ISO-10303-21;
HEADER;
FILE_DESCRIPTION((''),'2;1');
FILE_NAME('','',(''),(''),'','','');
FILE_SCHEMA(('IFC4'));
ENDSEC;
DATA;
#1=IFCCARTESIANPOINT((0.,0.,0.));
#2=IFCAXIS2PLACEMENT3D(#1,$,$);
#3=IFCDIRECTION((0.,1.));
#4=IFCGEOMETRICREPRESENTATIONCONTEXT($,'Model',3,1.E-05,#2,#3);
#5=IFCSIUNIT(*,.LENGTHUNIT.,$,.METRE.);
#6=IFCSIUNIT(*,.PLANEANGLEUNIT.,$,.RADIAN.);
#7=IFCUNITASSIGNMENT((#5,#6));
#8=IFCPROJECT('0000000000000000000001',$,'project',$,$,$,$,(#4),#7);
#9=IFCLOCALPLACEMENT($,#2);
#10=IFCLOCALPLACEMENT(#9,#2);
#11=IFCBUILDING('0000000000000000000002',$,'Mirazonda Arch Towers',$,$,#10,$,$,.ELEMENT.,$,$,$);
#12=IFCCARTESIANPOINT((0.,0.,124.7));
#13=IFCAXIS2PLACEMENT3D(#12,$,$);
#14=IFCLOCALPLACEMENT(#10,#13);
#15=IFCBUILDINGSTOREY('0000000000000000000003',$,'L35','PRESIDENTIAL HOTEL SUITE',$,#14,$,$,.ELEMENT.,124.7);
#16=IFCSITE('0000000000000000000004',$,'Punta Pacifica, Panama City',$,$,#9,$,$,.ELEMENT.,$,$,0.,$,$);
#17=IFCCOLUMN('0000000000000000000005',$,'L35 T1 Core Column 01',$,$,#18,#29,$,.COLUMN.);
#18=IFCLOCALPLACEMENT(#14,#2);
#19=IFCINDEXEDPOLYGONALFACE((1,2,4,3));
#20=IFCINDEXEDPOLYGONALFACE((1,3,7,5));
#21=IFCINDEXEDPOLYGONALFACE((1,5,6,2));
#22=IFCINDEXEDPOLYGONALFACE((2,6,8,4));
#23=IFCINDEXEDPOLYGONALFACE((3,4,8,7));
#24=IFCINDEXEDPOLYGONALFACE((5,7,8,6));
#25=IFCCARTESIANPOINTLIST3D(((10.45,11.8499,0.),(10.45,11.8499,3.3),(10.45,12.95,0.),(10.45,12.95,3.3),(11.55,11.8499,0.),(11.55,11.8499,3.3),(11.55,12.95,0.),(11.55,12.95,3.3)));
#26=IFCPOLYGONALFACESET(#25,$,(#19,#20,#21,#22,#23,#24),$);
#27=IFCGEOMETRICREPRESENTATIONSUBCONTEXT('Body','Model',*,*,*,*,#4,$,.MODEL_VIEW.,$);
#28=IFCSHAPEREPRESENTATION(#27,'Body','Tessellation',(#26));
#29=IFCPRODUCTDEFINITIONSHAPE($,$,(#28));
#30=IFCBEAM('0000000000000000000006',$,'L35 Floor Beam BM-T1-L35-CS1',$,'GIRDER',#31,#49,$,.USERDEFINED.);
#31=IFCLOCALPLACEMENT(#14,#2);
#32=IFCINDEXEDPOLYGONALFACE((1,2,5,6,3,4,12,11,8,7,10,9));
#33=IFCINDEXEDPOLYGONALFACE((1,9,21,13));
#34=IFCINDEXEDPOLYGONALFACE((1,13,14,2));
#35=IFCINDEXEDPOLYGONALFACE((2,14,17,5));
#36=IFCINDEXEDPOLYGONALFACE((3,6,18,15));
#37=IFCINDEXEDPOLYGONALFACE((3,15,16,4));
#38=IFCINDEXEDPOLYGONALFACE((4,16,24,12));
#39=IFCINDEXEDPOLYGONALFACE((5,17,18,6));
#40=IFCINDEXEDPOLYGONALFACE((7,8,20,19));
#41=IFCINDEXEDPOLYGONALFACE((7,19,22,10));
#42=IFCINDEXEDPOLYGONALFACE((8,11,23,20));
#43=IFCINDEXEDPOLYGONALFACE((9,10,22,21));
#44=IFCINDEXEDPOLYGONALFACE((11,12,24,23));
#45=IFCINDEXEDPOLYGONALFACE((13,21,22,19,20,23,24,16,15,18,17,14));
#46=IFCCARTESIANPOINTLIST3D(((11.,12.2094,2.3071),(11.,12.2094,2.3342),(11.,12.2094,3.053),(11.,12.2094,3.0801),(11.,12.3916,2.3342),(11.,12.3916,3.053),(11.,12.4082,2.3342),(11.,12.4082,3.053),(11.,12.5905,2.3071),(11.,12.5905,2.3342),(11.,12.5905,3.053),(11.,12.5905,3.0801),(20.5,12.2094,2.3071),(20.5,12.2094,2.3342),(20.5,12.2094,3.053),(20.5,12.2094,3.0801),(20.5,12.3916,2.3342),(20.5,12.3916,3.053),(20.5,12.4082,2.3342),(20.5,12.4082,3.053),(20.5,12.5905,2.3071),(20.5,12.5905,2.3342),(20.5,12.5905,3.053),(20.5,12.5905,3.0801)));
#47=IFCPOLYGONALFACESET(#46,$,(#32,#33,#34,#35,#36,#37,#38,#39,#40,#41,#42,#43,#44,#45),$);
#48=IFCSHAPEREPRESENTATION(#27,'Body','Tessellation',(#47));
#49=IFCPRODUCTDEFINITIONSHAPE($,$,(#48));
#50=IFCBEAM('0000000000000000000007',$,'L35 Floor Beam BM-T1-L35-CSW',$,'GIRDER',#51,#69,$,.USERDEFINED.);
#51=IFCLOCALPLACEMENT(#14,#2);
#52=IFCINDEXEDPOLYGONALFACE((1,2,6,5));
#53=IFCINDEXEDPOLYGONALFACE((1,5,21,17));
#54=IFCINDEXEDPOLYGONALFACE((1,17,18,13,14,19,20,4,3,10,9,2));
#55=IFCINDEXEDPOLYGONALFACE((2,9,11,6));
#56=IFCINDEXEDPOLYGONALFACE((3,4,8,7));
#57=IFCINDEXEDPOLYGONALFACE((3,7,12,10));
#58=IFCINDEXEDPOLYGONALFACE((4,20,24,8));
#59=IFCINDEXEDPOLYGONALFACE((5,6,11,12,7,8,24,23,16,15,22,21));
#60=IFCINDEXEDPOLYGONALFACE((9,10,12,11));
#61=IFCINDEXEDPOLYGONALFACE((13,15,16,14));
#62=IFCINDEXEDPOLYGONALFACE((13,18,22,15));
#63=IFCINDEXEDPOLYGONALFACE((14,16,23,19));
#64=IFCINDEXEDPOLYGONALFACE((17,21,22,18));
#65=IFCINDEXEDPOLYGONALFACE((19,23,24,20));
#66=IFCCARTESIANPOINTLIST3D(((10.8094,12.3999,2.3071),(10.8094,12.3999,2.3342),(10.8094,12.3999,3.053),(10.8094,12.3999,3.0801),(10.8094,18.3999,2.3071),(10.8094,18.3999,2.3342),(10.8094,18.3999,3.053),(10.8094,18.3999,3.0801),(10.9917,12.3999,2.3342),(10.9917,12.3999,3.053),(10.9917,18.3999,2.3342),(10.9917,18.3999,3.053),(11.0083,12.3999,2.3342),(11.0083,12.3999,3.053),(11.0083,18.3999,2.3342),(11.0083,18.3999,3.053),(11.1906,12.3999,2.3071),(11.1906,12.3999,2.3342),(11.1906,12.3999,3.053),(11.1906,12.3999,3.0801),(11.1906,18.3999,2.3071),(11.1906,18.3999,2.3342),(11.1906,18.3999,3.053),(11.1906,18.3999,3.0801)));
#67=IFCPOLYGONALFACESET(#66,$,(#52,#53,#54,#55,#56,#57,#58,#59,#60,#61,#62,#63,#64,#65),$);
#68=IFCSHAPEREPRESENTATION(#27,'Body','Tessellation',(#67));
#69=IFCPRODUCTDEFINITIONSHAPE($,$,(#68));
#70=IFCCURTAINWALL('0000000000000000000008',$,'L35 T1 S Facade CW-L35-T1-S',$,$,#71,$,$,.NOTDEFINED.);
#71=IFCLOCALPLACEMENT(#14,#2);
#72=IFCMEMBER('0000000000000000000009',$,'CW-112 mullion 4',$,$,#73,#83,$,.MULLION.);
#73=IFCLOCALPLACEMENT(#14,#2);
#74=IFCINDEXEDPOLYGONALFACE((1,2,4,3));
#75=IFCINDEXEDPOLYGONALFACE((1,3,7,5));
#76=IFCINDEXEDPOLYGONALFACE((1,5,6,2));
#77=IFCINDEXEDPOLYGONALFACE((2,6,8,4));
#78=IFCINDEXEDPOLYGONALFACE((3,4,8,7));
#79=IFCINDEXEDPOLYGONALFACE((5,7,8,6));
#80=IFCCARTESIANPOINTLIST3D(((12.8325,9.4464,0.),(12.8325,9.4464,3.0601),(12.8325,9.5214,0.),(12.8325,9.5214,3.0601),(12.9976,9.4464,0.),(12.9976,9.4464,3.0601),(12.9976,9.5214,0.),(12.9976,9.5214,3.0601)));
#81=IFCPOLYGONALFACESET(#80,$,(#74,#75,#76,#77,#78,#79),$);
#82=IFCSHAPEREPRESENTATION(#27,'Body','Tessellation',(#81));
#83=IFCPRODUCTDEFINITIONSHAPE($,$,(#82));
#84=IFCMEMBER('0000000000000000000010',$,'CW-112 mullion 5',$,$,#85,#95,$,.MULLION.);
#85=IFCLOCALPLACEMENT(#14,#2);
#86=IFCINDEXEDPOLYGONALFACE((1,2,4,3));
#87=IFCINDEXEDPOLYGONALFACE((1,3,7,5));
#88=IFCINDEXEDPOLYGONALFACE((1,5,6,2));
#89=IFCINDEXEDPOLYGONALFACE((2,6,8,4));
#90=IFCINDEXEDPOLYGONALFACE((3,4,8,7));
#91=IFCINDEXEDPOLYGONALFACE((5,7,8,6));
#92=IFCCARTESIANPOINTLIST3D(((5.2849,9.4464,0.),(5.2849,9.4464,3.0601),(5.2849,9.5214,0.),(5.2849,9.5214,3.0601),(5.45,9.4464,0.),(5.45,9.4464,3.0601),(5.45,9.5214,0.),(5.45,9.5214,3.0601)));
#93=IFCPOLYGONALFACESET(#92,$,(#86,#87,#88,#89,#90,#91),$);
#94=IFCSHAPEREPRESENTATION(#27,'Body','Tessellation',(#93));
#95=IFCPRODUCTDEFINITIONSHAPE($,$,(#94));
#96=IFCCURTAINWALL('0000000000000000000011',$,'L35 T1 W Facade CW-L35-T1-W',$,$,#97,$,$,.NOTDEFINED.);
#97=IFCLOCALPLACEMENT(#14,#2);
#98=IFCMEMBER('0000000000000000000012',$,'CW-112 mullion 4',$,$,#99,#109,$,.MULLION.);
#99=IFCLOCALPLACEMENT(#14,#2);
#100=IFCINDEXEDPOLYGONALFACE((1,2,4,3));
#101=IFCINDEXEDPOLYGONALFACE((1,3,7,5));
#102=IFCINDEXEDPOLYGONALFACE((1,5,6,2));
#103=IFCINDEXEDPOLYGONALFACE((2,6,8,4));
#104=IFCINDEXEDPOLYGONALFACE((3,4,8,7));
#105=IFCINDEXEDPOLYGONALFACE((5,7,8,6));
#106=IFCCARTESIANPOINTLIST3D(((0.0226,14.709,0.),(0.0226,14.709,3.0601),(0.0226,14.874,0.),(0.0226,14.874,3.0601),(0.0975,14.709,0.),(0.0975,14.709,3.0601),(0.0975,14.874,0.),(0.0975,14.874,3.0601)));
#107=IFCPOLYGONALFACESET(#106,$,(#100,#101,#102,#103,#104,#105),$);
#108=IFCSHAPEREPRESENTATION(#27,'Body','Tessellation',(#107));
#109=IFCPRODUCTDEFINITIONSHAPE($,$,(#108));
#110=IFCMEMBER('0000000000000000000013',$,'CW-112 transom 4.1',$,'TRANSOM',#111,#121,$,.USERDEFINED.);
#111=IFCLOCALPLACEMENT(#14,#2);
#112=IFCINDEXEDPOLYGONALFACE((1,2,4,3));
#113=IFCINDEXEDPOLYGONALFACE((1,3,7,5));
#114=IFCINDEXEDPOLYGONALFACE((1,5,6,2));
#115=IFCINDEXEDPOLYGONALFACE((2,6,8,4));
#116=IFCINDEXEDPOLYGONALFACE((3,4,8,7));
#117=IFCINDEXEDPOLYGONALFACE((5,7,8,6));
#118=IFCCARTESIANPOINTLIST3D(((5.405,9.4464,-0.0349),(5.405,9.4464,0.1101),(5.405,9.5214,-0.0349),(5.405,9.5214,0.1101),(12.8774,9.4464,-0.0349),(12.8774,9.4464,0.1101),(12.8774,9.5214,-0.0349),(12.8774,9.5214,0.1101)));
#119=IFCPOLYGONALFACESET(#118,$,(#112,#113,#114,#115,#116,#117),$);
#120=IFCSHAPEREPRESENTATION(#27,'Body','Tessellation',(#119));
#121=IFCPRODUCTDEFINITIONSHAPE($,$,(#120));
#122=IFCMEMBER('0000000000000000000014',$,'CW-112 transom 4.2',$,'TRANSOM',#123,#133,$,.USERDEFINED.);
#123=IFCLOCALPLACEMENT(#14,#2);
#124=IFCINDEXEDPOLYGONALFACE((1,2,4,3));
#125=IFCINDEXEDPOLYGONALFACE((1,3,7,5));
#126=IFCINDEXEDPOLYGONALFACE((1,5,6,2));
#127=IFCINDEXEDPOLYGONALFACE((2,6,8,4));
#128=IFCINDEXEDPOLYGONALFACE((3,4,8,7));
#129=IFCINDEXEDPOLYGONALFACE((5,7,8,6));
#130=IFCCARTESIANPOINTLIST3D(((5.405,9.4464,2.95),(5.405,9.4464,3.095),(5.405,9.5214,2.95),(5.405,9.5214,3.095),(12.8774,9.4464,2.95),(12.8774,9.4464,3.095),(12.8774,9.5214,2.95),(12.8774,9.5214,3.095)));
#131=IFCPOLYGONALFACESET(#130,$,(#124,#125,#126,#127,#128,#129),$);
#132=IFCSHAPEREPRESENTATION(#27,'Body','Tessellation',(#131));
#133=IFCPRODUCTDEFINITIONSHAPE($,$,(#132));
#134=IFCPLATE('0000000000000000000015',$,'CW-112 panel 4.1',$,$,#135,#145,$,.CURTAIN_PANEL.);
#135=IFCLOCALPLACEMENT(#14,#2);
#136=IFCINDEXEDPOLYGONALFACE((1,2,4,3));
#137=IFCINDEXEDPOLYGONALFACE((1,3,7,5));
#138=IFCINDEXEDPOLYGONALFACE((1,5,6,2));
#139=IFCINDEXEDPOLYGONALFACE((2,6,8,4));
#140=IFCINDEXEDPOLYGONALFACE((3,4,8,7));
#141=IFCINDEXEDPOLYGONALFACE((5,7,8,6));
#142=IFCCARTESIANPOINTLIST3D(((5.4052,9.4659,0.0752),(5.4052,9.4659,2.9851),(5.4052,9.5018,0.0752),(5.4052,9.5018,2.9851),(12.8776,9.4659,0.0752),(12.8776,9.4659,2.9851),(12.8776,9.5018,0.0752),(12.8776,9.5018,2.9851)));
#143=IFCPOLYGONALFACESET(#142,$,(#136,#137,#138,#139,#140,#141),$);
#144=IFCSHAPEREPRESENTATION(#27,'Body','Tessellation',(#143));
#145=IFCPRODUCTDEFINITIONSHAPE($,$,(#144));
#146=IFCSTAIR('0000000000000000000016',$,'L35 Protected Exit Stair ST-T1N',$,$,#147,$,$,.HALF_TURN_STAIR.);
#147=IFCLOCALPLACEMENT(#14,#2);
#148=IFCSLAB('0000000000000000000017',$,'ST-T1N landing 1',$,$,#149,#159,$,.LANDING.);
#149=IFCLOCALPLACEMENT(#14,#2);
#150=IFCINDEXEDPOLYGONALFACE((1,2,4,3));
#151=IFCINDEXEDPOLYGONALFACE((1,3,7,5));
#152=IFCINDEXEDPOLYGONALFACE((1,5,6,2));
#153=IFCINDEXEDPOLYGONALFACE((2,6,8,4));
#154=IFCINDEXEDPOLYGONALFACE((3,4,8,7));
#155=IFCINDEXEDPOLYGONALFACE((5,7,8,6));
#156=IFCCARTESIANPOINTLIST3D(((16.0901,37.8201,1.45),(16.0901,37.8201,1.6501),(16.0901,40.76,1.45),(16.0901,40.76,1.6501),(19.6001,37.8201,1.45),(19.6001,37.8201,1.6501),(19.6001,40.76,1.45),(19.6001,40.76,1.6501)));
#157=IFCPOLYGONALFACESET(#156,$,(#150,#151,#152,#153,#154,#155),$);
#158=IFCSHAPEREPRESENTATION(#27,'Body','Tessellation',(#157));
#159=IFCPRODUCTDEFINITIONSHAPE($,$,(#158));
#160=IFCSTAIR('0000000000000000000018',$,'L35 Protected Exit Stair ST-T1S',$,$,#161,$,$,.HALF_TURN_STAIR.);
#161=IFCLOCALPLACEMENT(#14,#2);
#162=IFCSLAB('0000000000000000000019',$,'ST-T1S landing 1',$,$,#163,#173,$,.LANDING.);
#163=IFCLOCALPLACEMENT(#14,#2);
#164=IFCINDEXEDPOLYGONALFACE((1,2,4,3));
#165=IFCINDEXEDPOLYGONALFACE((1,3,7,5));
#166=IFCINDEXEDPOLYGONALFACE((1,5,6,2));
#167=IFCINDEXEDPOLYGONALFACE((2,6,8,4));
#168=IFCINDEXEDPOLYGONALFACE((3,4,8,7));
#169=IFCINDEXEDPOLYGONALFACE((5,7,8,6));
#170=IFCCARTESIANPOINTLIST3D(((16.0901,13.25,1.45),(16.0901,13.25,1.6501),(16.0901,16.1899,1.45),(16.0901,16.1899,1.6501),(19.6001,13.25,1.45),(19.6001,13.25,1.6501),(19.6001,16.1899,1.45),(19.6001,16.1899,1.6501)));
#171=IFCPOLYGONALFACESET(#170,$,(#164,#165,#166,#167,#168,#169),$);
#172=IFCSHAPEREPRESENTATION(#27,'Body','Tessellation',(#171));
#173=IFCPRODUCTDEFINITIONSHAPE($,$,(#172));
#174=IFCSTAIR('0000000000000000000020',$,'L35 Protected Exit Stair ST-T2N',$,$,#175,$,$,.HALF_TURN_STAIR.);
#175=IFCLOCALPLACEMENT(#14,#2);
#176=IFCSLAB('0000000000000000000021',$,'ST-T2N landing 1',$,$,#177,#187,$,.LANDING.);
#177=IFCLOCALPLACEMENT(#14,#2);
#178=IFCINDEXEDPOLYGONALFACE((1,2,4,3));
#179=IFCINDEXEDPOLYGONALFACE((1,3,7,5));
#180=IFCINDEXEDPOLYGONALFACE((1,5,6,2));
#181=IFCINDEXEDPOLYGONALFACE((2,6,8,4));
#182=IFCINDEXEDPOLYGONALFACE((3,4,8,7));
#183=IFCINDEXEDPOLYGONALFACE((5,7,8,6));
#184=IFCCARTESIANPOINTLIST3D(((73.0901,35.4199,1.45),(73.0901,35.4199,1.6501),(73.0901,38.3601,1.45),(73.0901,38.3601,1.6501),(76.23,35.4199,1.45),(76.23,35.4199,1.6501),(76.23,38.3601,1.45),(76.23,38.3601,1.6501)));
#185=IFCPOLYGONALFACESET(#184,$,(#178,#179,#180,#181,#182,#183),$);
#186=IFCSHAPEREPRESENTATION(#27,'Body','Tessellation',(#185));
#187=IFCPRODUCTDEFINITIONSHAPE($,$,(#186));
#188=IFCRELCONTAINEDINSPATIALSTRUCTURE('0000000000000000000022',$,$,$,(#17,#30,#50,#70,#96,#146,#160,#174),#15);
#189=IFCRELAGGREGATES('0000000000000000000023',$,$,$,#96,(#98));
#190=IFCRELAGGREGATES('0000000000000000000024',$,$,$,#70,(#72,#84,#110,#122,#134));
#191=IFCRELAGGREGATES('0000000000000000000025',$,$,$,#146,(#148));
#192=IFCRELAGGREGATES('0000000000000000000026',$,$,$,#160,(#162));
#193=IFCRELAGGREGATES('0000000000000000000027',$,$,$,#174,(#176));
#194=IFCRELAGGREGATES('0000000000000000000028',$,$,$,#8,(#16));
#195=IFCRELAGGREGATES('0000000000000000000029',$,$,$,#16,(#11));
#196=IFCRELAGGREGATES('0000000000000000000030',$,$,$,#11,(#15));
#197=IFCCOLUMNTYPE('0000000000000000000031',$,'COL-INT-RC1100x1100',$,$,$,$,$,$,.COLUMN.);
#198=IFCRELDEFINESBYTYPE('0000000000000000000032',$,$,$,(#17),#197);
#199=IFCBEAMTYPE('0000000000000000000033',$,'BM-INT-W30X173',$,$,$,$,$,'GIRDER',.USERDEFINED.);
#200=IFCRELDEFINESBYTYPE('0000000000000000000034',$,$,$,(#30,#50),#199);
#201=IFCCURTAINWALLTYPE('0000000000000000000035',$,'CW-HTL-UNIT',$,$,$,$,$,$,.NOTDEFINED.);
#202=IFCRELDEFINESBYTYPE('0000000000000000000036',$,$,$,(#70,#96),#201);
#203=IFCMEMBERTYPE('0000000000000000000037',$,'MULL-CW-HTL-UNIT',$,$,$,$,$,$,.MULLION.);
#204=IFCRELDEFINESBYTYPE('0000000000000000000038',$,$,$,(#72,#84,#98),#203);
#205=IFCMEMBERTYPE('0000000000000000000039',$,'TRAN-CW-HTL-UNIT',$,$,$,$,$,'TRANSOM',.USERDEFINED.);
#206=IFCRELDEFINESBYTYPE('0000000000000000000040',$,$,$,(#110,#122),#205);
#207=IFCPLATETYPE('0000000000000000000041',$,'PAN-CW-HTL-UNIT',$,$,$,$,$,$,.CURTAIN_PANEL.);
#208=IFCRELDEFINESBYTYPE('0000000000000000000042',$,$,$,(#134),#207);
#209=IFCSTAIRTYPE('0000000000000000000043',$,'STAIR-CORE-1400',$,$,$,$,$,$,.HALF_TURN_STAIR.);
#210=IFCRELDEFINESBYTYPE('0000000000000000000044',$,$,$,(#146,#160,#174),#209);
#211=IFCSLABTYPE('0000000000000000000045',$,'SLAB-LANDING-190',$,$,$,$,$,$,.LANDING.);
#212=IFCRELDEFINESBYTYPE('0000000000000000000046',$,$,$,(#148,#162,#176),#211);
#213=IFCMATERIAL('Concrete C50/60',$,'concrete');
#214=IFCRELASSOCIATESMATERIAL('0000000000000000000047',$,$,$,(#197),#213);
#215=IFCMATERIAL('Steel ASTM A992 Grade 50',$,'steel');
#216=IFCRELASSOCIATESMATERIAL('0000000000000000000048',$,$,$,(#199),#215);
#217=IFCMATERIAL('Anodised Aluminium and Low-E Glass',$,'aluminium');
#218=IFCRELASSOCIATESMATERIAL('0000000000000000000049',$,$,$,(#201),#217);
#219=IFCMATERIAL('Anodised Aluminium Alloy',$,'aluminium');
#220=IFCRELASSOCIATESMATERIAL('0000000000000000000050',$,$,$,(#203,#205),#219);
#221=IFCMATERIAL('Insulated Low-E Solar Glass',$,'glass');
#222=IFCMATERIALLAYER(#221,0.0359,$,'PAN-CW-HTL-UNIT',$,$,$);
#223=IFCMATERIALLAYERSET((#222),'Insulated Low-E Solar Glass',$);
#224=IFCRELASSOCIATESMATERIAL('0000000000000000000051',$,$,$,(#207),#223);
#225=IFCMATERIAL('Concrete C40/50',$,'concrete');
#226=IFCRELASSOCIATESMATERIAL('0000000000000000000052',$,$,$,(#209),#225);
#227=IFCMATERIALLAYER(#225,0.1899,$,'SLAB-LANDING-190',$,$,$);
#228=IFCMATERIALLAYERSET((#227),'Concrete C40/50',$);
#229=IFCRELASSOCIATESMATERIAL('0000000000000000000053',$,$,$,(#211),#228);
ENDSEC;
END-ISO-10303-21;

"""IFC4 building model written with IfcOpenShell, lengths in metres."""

from ifc_helpers import new_model, si_unit, direction, frame, origin, origin_2d, place, context, subcontext, project, spatial, polyline, rectangle, i_section, outline, extrude, material, layer, layer_set, material_profile, profile_set, type_object, element, aggregate, save


model = new_model("IFC4")

# Units and contexts
model_context = context("Model", 3, precision=1e-05, world=origin(), true_north=direction((0.0, 1.0)))
body_context = subcontext(model_context, "Body", "Model", "MODEL_VIEW")
ifc_project = project(units=[si_unit("LENGTHUNIT", "METRE"), si_unit("PLANEANGLEUNIT", "RADIAN")], contexts=[model_context])

# Site, building, storey
site_placement = place(None, origin())
site = spatial("IfcSite", under=ifc_project, at=site_placement, Name="Punta Pacifica, Panama City", CompositionType="ELEMENT", RefElevation=0.0)
building_placement = place(site_placement, origin())
building = spatial("IfcBuilding", under=site, at=building_placement, Name="Mirazonda Arch Towers", CompositionType="ELEMENT")
storey_placement = place(building_placement, frame((0.0, 0.0, 124.7)))
storey = spatial("IfcBuildingStorey", under=building, at=storey_placement, Name="L35", Description="PRESIDENTIAL HOTEL SUITE", CompositionType="ELEMENT", Elevation=124.7)

# Column
ifc_material_1 = material(Name="Concrete C50/60", Category="concrete")
ifc_material_profile_1 = material_profile(ifc_material_1, rectangle(XDim=1.1001, YDim=1.1001, at=origin_2d()), Name="RC1100x1100")
ifc_profile_set_1 = profile_set([ifc_material_profile_1], Name="Concrete C50/60")
column_type = type_object("IfcColumnType", Name="COL-INT-RC1100x1100", PredefinedType="COLUMN", material=ifc_profile_set_1)
column_placement = place(storey_placement, frame((11.0, 12.3999, 0.0), z_axis=(0.0, 0.0, 1.0), x_axis=(1.0, 0.0, 0.0)))
element("IfcColumn", 1, at=column_placement, inside=storey, type_object=column_type, Name="L35 T1 Core Column 01", PredefinedType="COLUMN", context=body_context, shape_type="SweptSolid", body=[
    extrude(rectangle(XDim=1.1001, YDim=1.1001, at=origin_2d()), origin(), (0.0, 0.0, 1.0), 3.3),
])

# Beams
ifc_material_2 = material(Name="Steel ASTM A992 Grade 50", Category="steel")
ifc_material_profile_2 = material_profile(ifc_material_2, i_section(OverallWidth=0.3811, OverallDepth=0.7729, WebThickness=0.0166, FlangeThickness=0.0271, at=origin_2d()), Name="W30X173")
ifc_profile_set_2 = profile_set([ifc_material_profile_2], Name="Steel ASTM A992 Grade 50")
beam_type = type_object("IfcBeamType", Name="BM-INT-W30X173", ElementType="GIRDER", PredefinedType="USERDEFINED", material=ifc_profile_set_2)
beam_1_placement = place(storey_placement, frame((11.0, 12.3999, 2.6936), z_axis=(1.0, 0.0, 0.0), x_axis=(0.0, 1.0, 0.0)))
element("IfcBeam", 2, at=beam_1_placement, inside=storey, type_object=beam_type, Name="L35 Floor Beam BM-T1-L35-CS1", ObjectType="GIRDER", PredefinedType="USERDEFINED", context=body_context, shape_type="SweptSolid", body=[
    extrude(i_section(OverallWidth=0.3811, OverallDepth=0.7729, WebThickness=0.0166, FlangeThickness=0.0271, at=origin_2d()), origin(), (0.0, 0.0, 1.0), 9.5),
])
beam_2_placement = place(storey_placement, frame((11.0, 12.3999, 2.6936), z_axis=(0.0, 1.0, 0.0), x_axis=(-1.0, 0.0, 0.0)))
element("IfcBeam", 3, at=beam_2_placement, inside=storey, type_object=beam_type, Name="L35 Floor Beam BM-T1-L35-CSW", ObjectType="GIRDER", PredefinedType="USERDEFINED", context=body_context, shape_type="SweptSolid", body=[
    extrude(i_section(OverallWidth=0.3811, OverallDepth=0.7729, WebThickness=0.0166, FlangeThickness=0.0271, at=origin_2d()), origin(), (0.0, 0.0, 1.0), 6.0),
])

# Curtain wall, members
ifc_material_3 = material(Name="Anodised Aluminium and Low-E Glass", Category="aluminium")
curtain_wall_type = type_object("IfcCurtainWallType", Name="CW-HTL-UNIT", PredefinedType="NOTDEFINED", material=ifc_material_3)
curtain_wall_1_placement = place(storey_placement, origin())
curtain_wall_1 = element("IfcCurtainWall", 4, at=curtain_wall_1_placement, inside=storey, type_object=curtain_wall_type, Name="L35 T1 S Facade CW-L35-T1-S", PredefinedType="NOTDEFINED")
ifc_material_4 = material(Name="Anodised Aluminium Alloy", Category="aluminium")
ifc_material_profile_3 = material_profile(ifc_material_4, rectangle(XDim=0.075, YDim=0.165, at=origin_2d()), Name="ALU-MULL-75x165")
ifc_profile_set_3 = profile_set([ifc_material_profile_3], Name="Anodised Aluminium Alloy")
member_type_1 = type_object("IfcMemberType", Name="MULL-CW-HTL-UNIT", PredefinedType="MULLION", material=ifc_profile_set_3)
member_1_placement = place(storey_placement, frame((12.915, 9.4839, 0.0), z_axis=(0.0, 0.0, 1.0), x_axis=(0.0, -1.0, 0.0)))
member_1 = element("IfcMember", 5, at=member_1_placement, type_object=member_type_1, Name="CW-112 mullion 4", PredefinedType="MULLION", context=body_context, shape_type="SweptSolid", body=[
    extrude(rectangle(XDim=0.075, YDim=0.165, at=origin_2d()), origin(), (0.0, 0.0, 1.0), 3.0601),
])
member_2_placement = place(storey_placement, frame((5.3674, 9.4839, 0.0), z_axis=(0.0, 0.0, 1.0), x_axis=(0.0, -1.0, 0.0)))
member_2 = element("IfcMember", 6, at=member_2_placement, type_object=member_type_1, Name="CW-112 mullion 5", PredefinedType="MULLION", context=body_context, shape_type="SweptSolid", body=[
    extrude(rectangle(XDim=0.075, YDim=0.165, at=origin_2d()), origin(), (0.0, 0.0, 1.0), 3.0601),
])

# Curtain wall, member
curtain_wall_2_placement = place(storey_placement, origin())
curtain_wall_2 = element("IfcCurtainWall", 7, at=curtain_wall_2_placement, inside=storey, type_object=curtain_wall_type, Name="L35 T1 W Facade CW-L35-T1-W", PredefinedType="NOTDEFINED")
member_3_placement = place(storey_placement, frame((0.0601, 14.7915, 0.0), z_axis=(0.0, 0.0, 1.0), x_axis=(1.0, 0.0, 0.0)))
member_3 = element("IfcMember", 8, at=member_3_placement, type_object=member_type_1, Name="CW-112 mullion 4", PredefinedType="MULLION", context=body_context, shape_type="SweptSolid", body=[
    extrude(rectangle(XDim=0.075, YDim=0.165, at=origin_2d()), origin(), (0.0, 0.0, 1.0), 3.0601),
])
aggregate(curtain_wall_2, [member_3])

# Members
ifc_material_profile_4 = material_profile(ifc_material_4, rectangle(XDim=0.075, YDim=0.145, at=origin_2d()), Name="ALU-TRAN-75x145")
ifc_profile_set_4 = profile_set([ifc_material_profile_4], Name="Anodised Aluminium Alloy")
member_type_2 = type_object("IfcMemberType", Name="TRAN-CW-HTL-UNIT", ElementType="TRANSOM", PredefinedType="USERDEFINED", material=ifc_profile_set_4)
member_4_placement = place(storey_placement, frame((12.8774, 9.4839, 0.0376), z_axis=(-1.0, 0.0, 0.0), x_axis=(0.0, -1.0, 0.0)))
member_4 = element("IfcMember", 9, at=member_4_placement, type_object=member_type_2, Name="CW-112 transom 4.1", ObjectType="TRANSOM", PredefinedType="USERDEFINED", context=body_context, shape_type="SweptSolid", body=[
    extrude(rectangle(XDim=0.075, YDim=0.145, at=origin_2d()), origin(), (0.0, 0.0, 1.0), 7.4724),
])
member_5_placement = place(storey_placement, frame((12.8774, 9.4839, 3.0225), z_axis=(-1.0, 0.0, 0.0), x_axis=(0.0, -1.0, 0.0)))
member_5 = element("IfcMember", 10, at=member_5_placement, type_object=member_type_2, Name="CW-112 transom 4.2", ObjectType="TRANSOM", PredefinedType="USERDEFINED", context=body_context, shape_type="SweptSolid", body=[
    extrude(rectangle(XDim=0.075, YDim=0.145, at=origin_2d()), origin(), (0.0, 0.0, 1.0), 7.4724),
])

# Plate
ifc_material_5 = material(Name="Insulated Low-E Solar Glass", Category="glass")
ifc_layer_1 = layer(ifc_material_5, 0.0359, Name="PAN-CW-HTL-UNIT")
ifc_layer_set_1 = layer_set([ifc_layer_1], Name="Insulated Low-E Solar Glass")
plate_type = type_object("IfcPlateType", Name="PAN-CW-HTL-UNIT", PredefinedType="CURTAIN_PANEL", material=ifc_layer_set_1)
plate_placement = place(storey_placement, frame((9.1414, 9.4839, 0.0752), z_axis=(0.0, 0.0, 1.0), x_axis=(-1.0, 0.0, 0.0)))
plate = element("IfcPlate", 11, at=plate_placement, type_object=plate_type, Name="CW-112 panel 4.1", PredefinedType="CURTAIN_PANEL", context=body_context, shape_type="SweptSolid", body=[
    extrude(rectangle(XDim=7.4724, YDim=0.0359, at=origin_2d()), origin(), (0.0, 0.0, 1.0), 2.9099),
])
aggregate(curtain_wall_1, [member_1, member_2, member_4, member_5, plate])

# Stairs, slabs
ifc_material_6 = material(Name="Concrete C40/50", Category="concrete")
stair_type = type_object("IfcStairType", Name="STAIR-CORE-1400", PredefinedType="HALF_TURN_STAIR", material=ifc_material_6)
stair_1_placement = place(storey_placement, origin())
stair_1 = element("IfcStair", 12, at=stair_1_placement, inside=storey, type_object=stair_type, Name="L35 Protected Exit Stair ST-T1N", PredefinedType="HALF_TURN_STAIR")
ifc_layer_2 = layer(ifc_material_6, 0.1899, Name="SLAB-LANDING-190")
ifc_layer_set_2 = layer_set([ifc_layer_2], Name="Concrete C40/50")
slab_type_1 = type_object("IfcSlabType", Name="SLAB-LANDING-190", PredefinedType="LANDING", material=ifc_layer_set_2)
slab_1_placement = place(storey_placement, frame((0.0, 0.0, 1.45)))
slab_1 = element("IfcSlab", 13, at=slab_1_placement, type_object=slab_type_1, Name="ST-T1N landing 1", PredefinedType="LANDING", context=body_context, shape_type="SweptSolid", body=[
    extrude(outline(polyline([(16.0901, 37.8201), (19.6001, 37.8201), (19.6001, 40.76), (16.0901, 40.76), (16.0901, 37.8201)])), origin(), (0.0, 0.0, 1.0), 0.2002),
])
aggregate(stair_1, [slab_1])
stair_2_placement = place(storey_placement, origin())
stair_2 = element("IfcStair", 14, at=stair_2_placement, inside=storey, type_object=stair_type, Name="L35 Protected Exit Stair ST-T1S", PredefinedType="HALF_TURN_STAIR")
slab_2_placement = place(storey_placement, frame((0.0, 0.0, 1.45)))
slab_2 = element("IfcSlab", 15, at=slab_2_placement, type_object=slab_type_1, Name="ST-T1S landing 1", PredefinedType="LANDING", context=body_context, shape_type="SweptSolid", body=[
    extrude(outline(polyline([(16.0901, 13.25), (19.6001, 13.25), (19.6001, 16.1899), (16.0901, 16.1899), (16.0901, 13.25)])), origin(), (0.0, 0.0, 1.0), 0.2002),
])
aggregate(stair_2, [slab_2])
stair_3_placement = place(storey_placement, origin())
stair_3 = element("IfcStair", 16, at=stair_3_placement, inside=storey, type_object=stair_type, Name="L35 Protected Exit Stair ST-T2N", PredefinedType="HALF_TURN_STAIR")
slab_3_placement = place(storey_placement, frame((0.0, 0.0, 1.45)))
slab_3 = element("IfcSlab", 17, at=slab_3_placement, type_object=slab_type_1, Name="ST-T2N landing 1", PredefinedType="LANDING", context=body_context, shape_type="SweptSolid", body=[
    extrude(outline(polyline([(73.0901, 35.4199), (76.23, 35.4199), (76.23, 38.3601), (73.0901, 38.3601), (73.0901, 35.4199)])), origin(), (0.0, 0.0, 1.0), 0.2002),
])
aggregate(stair_3, [slab_3])

save(model, "model.ifc")
